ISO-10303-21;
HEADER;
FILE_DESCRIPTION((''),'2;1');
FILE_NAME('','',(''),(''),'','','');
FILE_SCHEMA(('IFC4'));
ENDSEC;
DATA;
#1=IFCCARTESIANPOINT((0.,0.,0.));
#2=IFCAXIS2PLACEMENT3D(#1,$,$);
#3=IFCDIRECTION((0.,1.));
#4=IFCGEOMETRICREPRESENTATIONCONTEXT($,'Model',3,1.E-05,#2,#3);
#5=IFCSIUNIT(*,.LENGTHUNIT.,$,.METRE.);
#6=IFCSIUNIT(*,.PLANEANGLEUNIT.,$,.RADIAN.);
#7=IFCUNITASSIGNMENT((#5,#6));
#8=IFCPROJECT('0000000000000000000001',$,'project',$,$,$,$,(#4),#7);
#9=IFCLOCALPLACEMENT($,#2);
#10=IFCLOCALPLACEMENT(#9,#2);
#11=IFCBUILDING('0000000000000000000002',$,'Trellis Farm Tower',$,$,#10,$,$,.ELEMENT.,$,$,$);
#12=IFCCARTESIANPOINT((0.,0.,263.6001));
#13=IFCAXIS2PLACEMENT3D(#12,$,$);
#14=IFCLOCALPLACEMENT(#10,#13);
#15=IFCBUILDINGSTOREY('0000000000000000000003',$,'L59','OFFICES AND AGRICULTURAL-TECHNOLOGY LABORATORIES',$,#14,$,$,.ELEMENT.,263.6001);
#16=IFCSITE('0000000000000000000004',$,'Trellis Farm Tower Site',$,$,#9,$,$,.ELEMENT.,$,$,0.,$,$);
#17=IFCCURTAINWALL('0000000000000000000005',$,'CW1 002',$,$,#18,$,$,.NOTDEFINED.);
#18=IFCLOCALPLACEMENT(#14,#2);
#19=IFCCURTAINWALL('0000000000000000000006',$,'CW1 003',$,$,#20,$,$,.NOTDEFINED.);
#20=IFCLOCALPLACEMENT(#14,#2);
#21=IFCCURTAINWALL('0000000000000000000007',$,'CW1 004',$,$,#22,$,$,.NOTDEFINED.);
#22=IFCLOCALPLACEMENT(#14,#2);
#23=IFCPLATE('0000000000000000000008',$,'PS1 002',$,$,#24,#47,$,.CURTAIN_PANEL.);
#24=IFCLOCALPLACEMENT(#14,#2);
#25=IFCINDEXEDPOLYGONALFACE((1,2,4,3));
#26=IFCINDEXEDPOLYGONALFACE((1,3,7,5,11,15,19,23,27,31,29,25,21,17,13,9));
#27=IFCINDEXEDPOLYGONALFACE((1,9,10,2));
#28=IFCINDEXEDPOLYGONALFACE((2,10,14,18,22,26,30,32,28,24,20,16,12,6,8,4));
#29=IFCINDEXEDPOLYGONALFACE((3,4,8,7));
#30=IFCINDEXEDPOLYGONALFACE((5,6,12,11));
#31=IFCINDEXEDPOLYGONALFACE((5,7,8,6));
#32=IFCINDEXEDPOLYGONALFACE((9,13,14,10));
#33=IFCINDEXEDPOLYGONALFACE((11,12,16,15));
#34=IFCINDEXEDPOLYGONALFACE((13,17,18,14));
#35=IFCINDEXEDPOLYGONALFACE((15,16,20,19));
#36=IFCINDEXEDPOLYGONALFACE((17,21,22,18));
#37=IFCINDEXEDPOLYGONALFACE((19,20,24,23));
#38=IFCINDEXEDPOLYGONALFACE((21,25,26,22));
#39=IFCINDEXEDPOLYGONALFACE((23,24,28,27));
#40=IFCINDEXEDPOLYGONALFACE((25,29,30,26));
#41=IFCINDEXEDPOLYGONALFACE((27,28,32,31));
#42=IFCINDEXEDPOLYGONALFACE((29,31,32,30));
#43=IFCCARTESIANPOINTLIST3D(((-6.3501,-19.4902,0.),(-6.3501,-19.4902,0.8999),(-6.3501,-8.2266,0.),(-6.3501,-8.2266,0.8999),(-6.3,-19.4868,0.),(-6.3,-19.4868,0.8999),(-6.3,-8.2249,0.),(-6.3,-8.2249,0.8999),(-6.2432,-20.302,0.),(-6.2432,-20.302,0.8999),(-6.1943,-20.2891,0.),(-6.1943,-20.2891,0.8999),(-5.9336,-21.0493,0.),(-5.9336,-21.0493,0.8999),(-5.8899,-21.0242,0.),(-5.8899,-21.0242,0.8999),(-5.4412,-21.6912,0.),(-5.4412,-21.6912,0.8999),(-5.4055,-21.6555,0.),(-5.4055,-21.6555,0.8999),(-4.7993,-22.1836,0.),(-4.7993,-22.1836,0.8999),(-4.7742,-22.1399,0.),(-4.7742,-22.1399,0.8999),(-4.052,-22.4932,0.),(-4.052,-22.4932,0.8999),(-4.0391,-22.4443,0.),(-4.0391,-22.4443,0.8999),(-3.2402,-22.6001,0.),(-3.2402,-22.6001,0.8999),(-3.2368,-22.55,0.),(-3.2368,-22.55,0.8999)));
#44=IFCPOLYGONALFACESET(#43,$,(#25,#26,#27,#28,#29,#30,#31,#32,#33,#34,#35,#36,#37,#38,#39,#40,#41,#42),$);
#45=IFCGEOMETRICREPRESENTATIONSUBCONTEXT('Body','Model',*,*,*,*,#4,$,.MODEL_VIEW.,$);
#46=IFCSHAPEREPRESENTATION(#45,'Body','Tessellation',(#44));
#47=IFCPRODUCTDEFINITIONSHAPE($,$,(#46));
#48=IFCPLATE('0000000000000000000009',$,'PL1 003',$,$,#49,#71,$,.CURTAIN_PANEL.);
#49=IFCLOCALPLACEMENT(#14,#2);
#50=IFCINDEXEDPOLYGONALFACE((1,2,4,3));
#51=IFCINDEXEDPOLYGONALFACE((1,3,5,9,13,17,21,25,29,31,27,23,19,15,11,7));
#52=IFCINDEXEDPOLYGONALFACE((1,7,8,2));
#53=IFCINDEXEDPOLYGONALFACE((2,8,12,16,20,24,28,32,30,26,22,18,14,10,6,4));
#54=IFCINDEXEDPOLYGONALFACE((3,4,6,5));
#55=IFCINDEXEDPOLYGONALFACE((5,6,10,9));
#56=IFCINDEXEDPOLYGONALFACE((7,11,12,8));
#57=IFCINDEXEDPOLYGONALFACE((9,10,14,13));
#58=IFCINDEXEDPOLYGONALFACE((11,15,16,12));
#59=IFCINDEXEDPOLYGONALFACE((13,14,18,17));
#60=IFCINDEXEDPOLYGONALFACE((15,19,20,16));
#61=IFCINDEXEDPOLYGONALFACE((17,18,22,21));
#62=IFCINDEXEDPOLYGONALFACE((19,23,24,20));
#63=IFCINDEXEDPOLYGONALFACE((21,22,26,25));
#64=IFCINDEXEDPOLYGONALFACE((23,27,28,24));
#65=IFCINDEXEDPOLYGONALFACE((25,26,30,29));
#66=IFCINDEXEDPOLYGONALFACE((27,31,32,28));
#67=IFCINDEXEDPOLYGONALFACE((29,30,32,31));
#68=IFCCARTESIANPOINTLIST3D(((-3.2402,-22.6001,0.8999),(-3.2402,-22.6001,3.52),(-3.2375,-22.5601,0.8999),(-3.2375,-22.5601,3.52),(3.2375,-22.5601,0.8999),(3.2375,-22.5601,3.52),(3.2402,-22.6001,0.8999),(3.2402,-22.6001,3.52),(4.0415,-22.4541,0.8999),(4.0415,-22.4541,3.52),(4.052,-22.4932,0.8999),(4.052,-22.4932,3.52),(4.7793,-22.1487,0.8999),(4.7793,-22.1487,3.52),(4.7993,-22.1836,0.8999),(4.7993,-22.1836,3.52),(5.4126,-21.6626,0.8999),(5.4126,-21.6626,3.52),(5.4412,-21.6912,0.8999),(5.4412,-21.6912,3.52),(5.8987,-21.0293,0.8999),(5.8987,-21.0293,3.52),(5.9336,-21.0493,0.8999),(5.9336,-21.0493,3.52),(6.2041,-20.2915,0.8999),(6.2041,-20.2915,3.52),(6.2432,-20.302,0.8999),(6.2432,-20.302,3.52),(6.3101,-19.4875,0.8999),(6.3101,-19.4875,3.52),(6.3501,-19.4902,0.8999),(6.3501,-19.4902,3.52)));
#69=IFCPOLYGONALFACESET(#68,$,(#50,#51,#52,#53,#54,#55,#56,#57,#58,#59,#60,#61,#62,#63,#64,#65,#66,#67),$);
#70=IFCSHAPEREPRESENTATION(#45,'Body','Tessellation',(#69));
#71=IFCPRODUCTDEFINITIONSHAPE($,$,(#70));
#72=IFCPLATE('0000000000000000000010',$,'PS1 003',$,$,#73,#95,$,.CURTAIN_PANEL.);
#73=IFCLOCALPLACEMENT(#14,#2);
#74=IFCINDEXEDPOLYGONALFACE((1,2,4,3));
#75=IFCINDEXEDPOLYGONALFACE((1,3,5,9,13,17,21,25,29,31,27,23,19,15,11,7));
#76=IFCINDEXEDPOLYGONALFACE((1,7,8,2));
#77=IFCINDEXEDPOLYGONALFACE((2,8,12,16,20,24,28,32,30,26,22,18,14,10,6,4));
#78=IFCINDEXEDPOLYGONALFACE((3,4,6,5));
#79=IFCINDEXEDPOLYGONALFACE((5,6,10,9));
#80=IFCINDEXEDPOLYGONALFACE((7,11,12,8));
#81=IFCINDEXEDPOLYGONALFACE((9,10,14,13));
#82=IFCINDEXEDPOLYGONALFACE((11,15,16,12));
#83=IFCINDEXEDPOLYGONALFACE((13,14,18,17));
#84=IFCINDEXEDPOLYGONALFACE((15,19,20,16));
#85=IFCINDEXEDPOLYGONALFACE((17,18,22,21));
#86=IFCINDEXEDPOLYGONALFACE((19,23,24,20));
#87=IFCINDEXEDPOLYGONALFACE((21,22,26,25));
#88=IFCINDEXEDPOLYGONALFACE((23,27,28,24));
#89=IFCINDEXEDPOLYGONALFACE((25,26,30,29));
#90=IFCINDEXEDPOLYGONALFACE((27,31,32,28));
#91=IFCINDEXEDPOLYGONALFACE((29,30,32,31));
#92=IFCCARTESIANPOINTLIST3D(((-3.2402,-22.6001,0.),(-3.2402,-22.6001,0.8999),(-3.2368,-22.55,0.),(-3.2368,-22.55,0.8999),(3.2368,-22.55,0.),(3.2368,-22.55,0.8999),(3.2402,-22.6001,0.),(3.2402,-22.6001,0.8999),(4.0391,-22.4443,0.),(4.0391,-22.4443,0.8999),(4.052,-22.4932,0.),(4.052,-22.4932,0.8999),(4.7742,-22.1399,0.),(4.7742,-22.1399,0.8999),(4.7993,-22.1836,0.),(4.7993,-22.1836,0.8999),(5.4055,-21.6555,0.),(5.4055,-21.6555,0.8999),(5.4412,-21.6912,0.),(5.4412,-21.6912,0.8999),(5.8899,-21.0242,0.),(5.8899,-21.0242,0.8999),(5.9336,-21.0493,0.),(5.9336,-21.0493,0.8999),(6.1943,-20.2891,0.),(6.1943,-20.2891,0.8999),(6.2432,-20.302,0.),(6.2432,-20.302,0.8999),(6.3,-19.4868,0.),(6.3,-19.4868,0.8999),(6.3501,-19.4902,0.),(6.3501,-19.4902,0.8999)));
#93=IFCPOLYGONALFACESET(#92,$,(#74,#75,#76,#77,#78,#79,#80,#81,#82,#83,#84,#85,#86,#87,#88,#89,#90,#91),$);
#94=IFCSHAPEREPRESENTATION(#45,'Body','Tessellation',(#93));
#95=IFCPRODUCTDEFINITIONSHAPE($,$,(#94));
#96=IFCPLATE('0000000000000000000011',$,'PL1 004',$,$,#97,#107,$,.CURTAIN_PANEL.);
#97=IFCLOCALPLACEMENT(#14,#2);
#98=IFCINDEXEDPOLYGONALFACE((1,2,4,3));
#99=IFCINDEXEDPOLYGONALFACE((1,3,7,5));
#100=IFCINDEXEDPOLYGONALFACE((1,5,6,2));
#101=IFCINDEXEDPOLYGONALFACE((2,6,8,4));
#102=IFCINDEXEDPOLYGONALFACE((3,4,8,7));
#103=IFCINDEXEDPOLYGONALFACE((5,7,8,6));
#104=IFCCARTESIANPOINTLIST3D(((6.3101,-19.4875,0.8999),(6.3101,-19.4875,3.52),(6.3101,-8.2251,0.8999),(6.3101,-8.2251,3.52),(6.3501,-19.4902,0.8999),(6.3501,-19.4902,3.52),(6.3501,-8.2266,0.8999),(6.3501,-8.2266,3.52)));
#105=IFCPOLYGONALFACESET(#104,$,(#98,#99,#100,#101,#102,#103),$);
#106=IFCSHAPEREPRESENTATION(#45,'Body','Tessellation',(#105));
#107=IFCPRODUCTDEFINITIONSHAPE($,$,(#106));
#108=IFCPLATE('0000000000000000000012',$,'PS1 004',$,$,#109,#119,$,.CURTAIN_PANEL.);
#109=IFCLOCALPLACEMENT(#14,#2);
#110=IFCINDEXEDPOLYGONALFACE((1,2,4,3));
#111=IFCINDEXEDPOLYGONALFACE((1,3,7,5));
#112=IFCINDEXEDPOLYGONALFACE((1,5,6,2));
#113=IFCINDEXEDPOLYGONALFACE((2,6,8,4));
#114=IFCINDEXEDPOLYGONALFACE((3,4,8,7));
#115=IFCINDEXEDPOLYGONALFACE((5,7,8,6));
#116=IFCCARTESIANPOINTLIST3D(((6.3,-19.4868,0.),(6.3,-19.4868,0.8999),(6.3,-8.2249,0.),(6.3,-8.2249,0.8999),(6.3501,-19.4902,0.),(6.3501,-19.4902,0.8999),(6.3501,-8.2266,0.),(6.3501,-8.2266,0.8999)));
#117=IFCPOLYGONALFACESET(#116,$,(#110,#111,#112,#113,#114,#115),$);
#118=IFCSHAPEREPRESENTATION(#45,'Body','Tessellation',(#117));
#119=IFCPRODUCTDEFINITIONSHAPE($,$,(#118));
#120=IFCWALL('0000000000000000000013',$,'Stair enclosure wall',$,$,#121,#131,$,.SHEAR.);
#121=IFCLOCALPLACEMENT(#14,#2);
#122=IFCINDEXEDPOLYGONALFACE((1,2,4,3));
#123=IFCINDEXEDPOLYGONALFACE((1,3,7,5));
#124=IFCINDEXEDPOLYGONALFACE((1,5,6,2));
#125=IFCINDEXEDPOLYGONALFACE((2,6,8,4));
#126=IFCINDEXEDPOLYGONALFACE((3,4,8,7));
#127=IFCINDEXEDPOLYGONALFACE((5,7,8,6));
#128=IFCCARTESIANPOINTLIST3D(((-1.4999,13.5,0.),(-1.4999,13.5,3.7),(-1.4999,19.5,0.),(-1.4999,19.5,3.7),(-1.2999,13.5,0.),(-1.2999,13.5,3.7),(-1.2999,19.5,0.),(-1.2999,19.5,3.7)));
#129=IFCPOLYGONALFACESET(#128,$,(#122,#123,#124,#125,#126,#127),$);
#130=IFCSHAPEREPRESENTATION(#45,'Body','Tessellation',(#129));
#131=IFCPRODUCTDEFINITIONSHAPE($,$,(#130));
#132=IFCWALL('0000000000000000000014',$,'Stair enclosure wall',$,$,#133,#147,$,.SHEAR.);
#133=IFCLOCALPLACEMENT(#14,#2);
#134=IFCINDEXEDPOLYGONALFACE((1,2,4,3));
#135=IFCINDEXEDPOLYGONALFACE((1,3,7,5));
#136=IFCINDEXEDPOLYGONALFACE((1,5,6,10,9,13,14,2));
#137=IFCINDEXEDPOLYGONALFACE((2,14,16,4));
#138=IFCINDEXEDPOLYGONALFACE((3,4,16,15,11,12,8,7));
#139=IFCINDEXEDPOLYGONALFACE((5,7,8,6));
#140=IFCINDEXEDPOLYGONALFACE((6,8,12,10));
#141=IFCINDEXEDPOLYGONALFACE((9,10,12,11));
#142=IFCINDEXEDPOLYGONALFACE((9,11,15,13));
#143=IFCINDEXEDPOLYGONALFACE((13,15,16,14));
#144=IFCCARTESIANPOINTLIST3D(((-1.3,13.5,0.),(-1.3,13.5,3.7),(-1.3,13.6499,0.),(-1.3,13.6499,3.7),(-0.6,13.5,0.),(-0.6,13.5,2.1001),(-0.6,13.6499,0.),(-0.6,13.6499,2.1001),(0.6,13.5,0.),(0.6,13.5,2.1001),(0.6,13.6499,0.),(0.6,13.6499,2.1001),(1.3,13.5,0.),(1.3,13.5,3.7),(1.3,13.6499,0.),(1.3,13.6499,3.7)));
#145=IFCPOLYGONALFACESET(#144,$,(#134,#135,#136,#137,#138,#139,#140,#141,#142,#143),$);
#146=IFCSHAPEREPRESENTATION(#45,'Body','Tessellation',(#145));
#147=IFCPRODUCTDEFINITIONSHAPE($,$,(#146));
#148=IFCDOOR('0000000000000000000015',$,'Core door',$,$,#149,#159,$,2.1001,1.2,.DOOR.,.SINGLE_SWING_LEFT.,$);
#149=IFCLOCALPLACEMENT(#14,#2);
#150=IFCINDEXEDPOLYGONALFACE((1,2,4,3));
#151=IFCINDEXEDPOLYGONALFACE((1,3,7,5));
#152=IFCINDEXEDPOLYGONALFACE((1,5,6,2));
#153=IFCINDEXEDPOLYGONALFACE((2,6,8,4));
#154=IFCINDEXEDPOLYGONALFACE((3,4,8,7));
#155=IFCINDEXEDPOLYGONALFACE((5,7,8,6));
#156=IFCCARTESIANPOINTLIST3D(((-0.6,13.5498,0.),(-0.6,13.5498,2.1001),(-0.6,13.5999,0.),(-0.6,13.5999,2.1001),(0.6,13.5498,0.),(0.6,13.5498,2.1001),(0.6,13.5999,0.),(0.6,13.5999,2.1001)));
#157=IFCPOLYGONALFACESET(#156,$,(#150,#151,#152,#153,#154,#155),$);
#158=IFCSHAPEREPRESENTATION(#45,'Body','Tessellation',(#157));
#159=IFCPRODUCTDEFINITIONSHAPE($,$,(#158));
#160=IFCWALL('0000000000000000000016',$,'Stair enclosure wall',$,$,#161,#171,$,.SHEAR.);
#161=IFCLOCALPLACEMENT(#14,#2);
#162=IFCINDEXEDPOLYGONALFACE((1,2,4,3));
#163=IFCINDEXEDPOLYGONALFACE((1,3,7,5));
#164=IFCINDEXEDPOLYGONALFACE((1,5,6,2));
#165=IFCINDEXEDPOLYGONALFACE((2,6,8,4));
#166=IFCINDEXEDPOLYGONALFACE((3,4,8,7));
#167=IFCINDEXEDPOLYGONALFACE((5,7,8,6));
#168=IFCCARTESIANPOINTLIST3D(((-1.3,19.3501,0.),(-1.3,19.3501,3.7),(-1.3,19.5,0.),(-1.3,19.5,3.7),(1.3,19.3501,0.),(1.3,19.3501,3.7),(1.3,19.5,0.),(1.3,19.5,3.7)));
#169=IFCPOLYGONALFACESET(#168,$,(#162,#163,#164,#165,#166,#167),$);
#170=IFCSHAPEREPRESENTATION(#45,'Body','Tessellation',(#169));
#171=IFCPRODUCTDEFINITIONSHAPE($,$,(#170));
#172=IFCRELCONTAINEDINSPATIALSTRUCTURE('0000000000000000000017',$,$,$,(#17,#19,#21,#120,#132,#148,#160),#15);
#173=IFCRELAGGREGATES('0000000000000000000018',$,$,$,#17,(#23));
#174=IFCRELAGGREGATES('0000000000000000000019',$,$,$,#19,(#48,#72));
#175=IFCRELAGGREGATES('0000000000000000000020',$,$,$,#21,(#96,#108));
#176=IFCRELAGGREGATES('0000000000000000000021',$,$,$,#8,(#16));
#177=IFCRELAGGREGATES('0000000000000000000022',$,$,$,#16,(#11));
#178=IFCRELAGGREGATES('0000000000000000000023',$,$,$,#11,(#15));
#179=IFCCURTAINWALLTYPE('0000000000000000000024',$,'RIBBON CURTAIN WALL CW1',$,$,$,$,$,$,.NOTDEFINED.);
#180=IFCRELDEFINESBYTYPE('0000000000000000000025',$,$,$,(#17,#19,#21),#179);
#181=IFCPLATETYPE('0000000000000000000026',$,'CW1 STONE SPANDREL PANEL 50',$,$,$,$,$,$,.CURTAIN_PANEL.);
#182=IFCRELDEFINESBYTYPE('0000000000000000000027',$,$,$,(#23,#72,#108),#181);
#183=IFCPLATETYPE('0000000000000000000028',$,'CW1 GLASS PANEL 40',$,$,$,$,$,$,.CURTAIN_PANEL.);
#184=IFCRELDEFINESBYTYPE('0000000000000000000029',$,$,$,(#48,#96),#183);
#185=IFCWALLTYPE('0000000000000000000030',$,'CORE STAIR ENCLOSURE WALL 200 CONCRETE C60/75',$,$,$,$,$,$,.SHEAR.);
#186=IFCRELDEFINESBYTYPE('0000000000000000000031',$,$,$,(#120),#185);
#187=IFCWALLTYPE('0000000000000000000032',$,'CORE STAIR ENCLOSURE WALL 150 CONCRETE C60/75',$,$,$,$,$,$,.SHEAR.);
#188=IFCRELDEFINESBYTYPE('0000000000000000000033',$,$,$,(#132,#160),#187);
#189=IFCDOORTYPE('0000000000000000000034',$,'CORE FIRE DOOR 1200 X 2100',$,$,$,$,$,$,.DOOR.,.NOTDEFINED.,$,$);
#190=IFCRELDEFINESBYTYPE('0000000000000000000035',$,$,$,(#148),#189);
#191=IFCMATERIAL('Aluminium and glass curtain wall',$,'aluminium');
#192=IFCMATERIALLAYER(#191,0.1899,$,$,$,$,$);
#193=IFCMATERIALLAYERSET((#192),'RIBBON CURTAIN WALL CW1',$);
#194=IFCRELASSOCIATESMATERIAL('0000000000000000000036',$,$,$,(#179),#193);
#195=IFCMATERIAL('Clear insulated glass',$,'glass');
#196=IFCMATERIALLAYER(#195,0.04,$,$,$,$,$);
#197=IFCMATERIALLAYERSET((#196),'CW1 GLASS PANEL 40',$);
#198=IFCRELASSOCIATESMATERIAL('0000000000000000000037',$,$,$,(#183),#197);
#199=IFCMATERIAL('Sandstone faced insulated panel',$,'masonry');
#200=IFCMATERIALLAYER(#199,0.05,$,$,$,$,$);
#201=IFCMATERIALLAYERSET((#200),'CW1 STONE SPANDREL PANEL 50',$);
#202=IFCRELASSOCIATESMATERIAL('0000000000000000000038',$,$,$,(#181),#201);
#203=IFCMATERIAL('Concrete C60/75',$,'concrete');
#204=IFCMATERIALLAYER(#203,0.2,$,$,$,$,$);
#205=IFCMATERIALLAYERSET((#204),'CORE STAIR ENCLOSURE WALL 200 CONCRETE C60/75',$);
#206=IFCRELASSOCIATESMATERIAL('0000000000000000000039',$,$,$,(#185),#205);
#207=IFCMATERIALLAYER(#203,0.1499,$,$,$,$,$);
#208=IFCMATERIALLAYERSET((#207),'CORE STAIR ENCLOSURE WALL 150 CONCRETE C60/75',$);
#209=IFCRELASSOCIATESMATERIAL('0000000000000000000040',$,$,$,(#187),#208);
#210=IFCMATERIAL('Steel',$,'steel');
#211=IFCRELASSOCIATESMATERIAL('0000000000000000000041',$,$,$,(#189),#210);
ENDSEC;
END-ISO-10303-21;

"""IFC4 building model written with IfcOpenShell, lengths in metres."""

from ifc_helpers import new_model, si_unit, direction, frame, frame_2d, origin, place, context, subcontext, project, spatial, polyline, rectangle, outline, extrude, source, transform, mapped, material, layer, layer_set, type_object, element, fill, aggregate, save


model = new_model("IFC4")

# Units and contexts
model_context = context("Model", 3, precision=1e-05, world=origin(), true_north=direction((0.0, 1.0)))
body_context = subcontext(model_context, "Body", "Model", "MODEL_VIEW")
ifc_project = project(units=[si_unit("LENGTHUNIT", "METRE"), si_unit("PLANEANGLEUNIT", "RADIAN")], contexts=[model_context])

# Site, building, storey
site_placement = place(None, origin())
site = spatial("IfcSite", under=ifc_project, at=site_placement, Name="Trellis Farm Tower Site", CompositionType="ELEMENT", RefElevation=0.0)
building_placement = place(site_placement, origin())
building = spatial("IfcBuilding", under=site, at=building_placement, Name="Trellis Farm Tower", CompositionType="ELEMENT")
storey_placement = place(building_placement, frame((0.0, 0.0, 263.6001)))
storey = spatial("IfcBuildingStorey", under=building, at=storey_placement, Name="L59", Description="OFFICES AND AGRICULTURAL-TECHNOLOGY LABORATORIES", CompositionType="ELEMENT", Elevation=263.6001)

# Shared definitions
ifc_material_1 = material(Name="Concrete C60/75", Category="concrete")

# Curtain walls
ifc_material_2 = material(Name="Aluminium and glass curtain wall", Category="aluminium")
ifc_layer_1 = layer(ifc_material_2, 0.1899)
ifc_layer_set_1 = layer_set([ifc_layer_1], Name="RIBBON CURTAIN WALL CW1")
curtain_wall_type_1 = type_object("IfcCurtainWallType", Name="RIBBON CURTAIN WALL CW1", PredefinedType="NOTDEFINED", material=ifc_layer_set_1)
placement_1 = place(storey_placement, origin())
curtain_wall_1 = element("IfcCurtainWall", 1, at=placement_1, inside=storey, type_object=curtain_wall_type_1, Name="CW1 002", PredefinedType="NOTDEFINED")
curtain_wall_2 = element("IfcCurtainWall", 2, at=placement_1, inside=storey, type_object=curtain_wall_type_1, Name="CW1 003", PredefinedType="NOTDEFINED")
curtain_wall_3 = element("IfcCurtainWall", 3, at=placement_1, inside=storey, type_object=curtain_wall_type_1, Name="CW1 004", PredefinedType="NOTDEFINED")

# Plates
ifc_material_3 = material(Name="Clear insulated glass", Category="glass")
ifc_layer_2 = layer(ifc_material_3, 0.04)
ifc_layer_set_2 = layer_set([ifc_layer_2], Name="CW1 GLASS PANEL 40")
plate_type_1 = type_object("IfcPlateType", Name="CW1 GLASS PANEL 40", PredefinedType="CURTAIN_PANEL", material=ifc_layer_set_2)
placement_2 = place(storey_placement, frame((0.0, 0.0, 0.8999)))
ifc_material_4 = material(Name="Sandstone faced insulated panel", Category="masonry")
ifc_layer_3 = layer(ifc_material_4, 0.05)
ifc_layer_set_3 = layer_set([ifc_layer_3], Name="CW1 STONE SPANDREL PANEL 50")
plate_type_2 = type_object("IfcPlateType", Name="CW1 STONE SPANDREL PANEL 50", PredefinedType="CURTAIN_PANEL", material=ifc_layer_set_3)
shared_shape_1 = source(origin(), body_context, "Body", "SweptSolid", [
    extrude(outline(polyline([(-6.3501, -8.2266), (-6.3501, -19.4902), (-6.2432, -20.302), (-5.9336, -21.0493), (-5.4412, -21.6912), (-4.7993, -22.1836), (-4.052, -22.4932), (-3.2402, -22.6001), (-3.2368, -22.55), (-4.0391, -22.4443), (-4.7742, -22.1399), (-5.4055, -21.6555), (-5.8899, -21.0242), (-6.1943, -20.2891), (-6.3, -19.4868), (-6.3, -8.2249), (-6.3501, -8.2266)])), origin(), (0.0, 0.0, 1.0), 0.8999),
])
plate_1 = element("IfcPlate", 4, at=placement_1, type_object=plate_type_2, Name="PS1 002", PredefinedType="CURTAIN_PANEL", context=body_context, shape_type="MappedRepresentation", body=[
    mapped(shared_shape_1, transform((0.0, 0.0, 0.0))),
])
aggregate(curtain_wall_1, [plate_1])
shared_shape_2 = source(origin(), body_context, "Body", "SweptSolid", [
    extrude(outline(polyline([(-3.2402, -22.6001), (3.2402, -22.6001), (4.052, -22.4932), (4.7993, -22.1836), (5.4412, -21.6912), (5.9336, -21.0493), (6.2432, -20.302), (6.3501, -19.4902), (6.3101, -19.4875), (6.2041, -20.2915), (5.8987, -21.0293), (5.4126, -21.6626), (4.7793, -22.1487), (4.0415, -22.4541), (3.2375, -22.5601), (-3.2375, -22.5601), (-3.2402, -22.6001)])), origin(), (0.0, 0.0, 1.0), 2.6201),
])
plate_2 = element("IfcPlate", 5, at=placement_2, type_object=plate_type_1, Name="PL1 003", PredefinedType="CURTAIN_PANEL", context=body_context, shape_type="MappedRepresentation", body=[
    mapped(shared_shape_2, transform((0.0, 0.0, 0.0))),
])
shared_shape_3 = source(origin(), body_context, "Body", "SweptSolid", [
    extrude(outline(polyline([(-3.2402, -22.6001), (3.2402, -22.6001), (4.052, -22.4932), (4.7993, -22.1836), (5.4412, -21.6912), (5.9336, -21.0493), (6.2432, -20.302), (6.3501, -19.4902), (6.3, -19.4868), (6.1943, -20.2891), (5.8899, -21.0242), (5.4055, -21.6555), (4.7742, -22.1399), (4.0391, -22.4443), (3.2368, -22.55), (-3.2368, -22.55), (-3.2402, -22.6001)])), origin(), (0.0, 0.0, 1.0), 0.8999),
])
plate_3 = element("IfcPlate", 6, at=placement_1, type_object=plate_type_2, Name="PS1 003", PredefinedType="CURTAIN_PANEL", context=body_context, shape_type="MappedRepresentation", body=[
    mapped(shared_shape_3, transform((0.0, 0.0, 0.0))),
])
aggregate(curtain_wall_2, [plate_2, plate_3])
shared_shape_4 = source(origin(), body_context, "Body", "SweptSolid", [
    extrude(outline(polyline([(6.3501, -19.4902), (6.3501, -8.2266), (6.3101, -8.2251), (6.3101, -19.4875), (6.3501, -19.4902)])), origin(), (0.0, 0.0, 1.0), 2.6201),
])
plate_4 = element("IfcPlate", 7, at=placement_2, type_object=plate_type_1, Name="PL1 004", PredefinedType="CURTAIN_PANEL", context=body_context, shape_type="MappedRepresentation", body=[
    mapped(shared_shape_4, transform((0.0, 0.0, 0.0))),
])
shared_shape_5 = source(origin(), body_context, "Body", "SweptSolid", [
    extrude(outline(polyline([(6.3501, -19.4902), (6.3501, -8.2266), (6.3, -8.2249), (6.3, -19.4868), (6.3501, -19.4902)])), origin(), (0.0, 0.0, 1.0), 0.8999),
])
plate_5 = element("IfcPlate", 8, at=placement_1, type_object=plate_type_2, Name="PS1 004", PredefinedType="CURTAIN_PANEL", context=body_context, shape_type="MappedRepresentation", body=[
    mapped(shared_shape_5, transform((0.0, 0.0, 0.0))),
])
aggregate(curtain_wall_3, [plate_4, plate_5])

# Wall
ifc_layer_4 = layer(ifc_material_1, 0.2)
ifc_layer_set_4 = layer_set([ifc_layer_4], Name="CORE STAIR ENCLOSURE WALL 200 CONCRETE C60/75")
wall_type_1 = type_object("IfcWallType", Name="CORE STAIR ENCLOSURE WALL 200 CONCRETE C60/75", PredefinedType="SHEAR", material=ifc_layer_set_4)
shared_shape_6 = source(origin(), body_context, "Body", "SweptSolid", [
    extrude(rectangle(XDim=6.0, YDim=0.2, at=frame_2d((3.0, 0.0))), origin(), (0.0, 0.0, 1.0), 3.7),
])
wall_1_placement = place(storey_placement, frame((-1.3999, 13.5, 0.0), z_axis=(0.0, 0.0, 1.0), x_axis=(0.0, 1.0, 0.0)))
element("IfcWall", 9, at=wall_1_placement, inside=storey, type_object=wall_type_1, Name="Stair enclosure wall", PredefinedType="SHEAR", context=body_context, shape_type="MappedRepresentation", body=[
    mapped(shared_shape_6, transform((0.0, 0.0, 0.0))),
])

# Wall, opening, door
ifc_layer_5 = layer(ifc_material_1, 0.1499)
ifc_layer_set_5 = layer_set([ifc_layer_5], Name="CORE STAIR ENCLOSURE WALL 150 CONCRETE C60/75")
wall_type_2 = type_object("IfcWallType", Name="CORE STAIR ENCLOSURE WALL 150 CONCRETE C60/75", PredefinedType="SHEAR", material=ifc_layer_set_5)
shared_shape_7 = source(origin(), body_context, "Body", "SweptSolid", [
    extrude(rectangle(XDim=2.6001, YDim=0.1499, at=frame_2d((1.3, 0.0))), origin(), (0.0, 0.0, 1.0), 3.7),
])
wall_2_placement = place(storey_placement, frame((-1.3, 13.575, 0.0), z_axis=(0.0, 0.0, 1.0), x_axis=(1.0, 0.0, 0.0)))
wall_2 = element("IfcWall", 10, at=wall_2_placement, inside=storey, type_object=wall_type_2, Name="Stair enclosure wall", PredefinedType="SHEAR", context=body_context, shape_type="MappedRepresentation", body=[
    mapped(shared_shape_7, transform((0.0, 0.0, 0.0))),
])
shared_shape_8 = source(origin(), body_context, "Body", "SweptSolid", [
    extrude(rectangle(XDim=1.2, YDim=2.1001, at=frame_2d((0.6001, 1.05))), frame((0.0, 0.085, 0.0), z_axis=(0.0, -1.0, 0.0), x_axis=(1.0, 0.0, 0.0)), (0.0, 0.0, 1.0), 0.1699),
])
opening_1_placement = place(wall_2_placement, frame((0.7, 0.0, 0.0)))
opening_1 = element("IfcOpeningElement", 11, at=opening_1_placement, cuts=wall_2, PredefinedType="OPENING", context=body_context, shape_type="MappedRepresentation", body=[
    mapped(shared_shape_8, transform((0.0, 0.0, 0.0))),
])
ifc_material_5 = material(Name="Steel", Category="steel")
door_type_1 = type_object("IfcDoorType", Name="CORE FIRE DOOR 1200 X 2100", OperationType="NOTDEFINED", PredefinedType="DOOR", material=ifc_material_5)
shared_shape_9 = source(origin(), body_context, "Body", "SweptSolid", [
    extrude(rectangle(XDim=1.2, YDim=2.1001, at=frame_2d((0.6001, 1.05))), frame((0.0, 0.0249, 0.0), z_axis=(0.0, -1.0, 0.0), x_axis=(1.0, 0.0, 0.0)), (0.0, 0.0, 1.0), 0.05),
])
door_1_placement = place(opening_1_placement, origin())
door_1 = element("IfcDoor", 12, at=door_1_placement, inside=storey, type_object=door_type_1, Name="Core door", OperationType="SINGLE_SWING_LEFT", OverallHeight=2.1001, OverallWidth=1.2, PredefinedType="DOOR", context=body_context, shape_type="MappedRepresentation", body=[
    mapped(shared_shape_9, transform((0.0, 0.0, 0.0))),
])
fill(opening_1, door_1)

# Wall
wall_3_placement = place(storey_placement, frame((-1.3, 19.425, 0.0), z_axis=(0.0, 0.0, 1.0), x_axis=(1.0, 0.0, 0.0)))
element("IfcWall", 13, at=wall_3_placement, inside=storey, type_object=wall_type_2, Name="Stair enclosure wall", PredefinedType="SHEAR", context=body_context, shape_type="MappedRepresentation", body=[
    mapped(shared_shape_7, transform((0.0, 0.0, 0.0))),
])

save(model, "model.ifc")
